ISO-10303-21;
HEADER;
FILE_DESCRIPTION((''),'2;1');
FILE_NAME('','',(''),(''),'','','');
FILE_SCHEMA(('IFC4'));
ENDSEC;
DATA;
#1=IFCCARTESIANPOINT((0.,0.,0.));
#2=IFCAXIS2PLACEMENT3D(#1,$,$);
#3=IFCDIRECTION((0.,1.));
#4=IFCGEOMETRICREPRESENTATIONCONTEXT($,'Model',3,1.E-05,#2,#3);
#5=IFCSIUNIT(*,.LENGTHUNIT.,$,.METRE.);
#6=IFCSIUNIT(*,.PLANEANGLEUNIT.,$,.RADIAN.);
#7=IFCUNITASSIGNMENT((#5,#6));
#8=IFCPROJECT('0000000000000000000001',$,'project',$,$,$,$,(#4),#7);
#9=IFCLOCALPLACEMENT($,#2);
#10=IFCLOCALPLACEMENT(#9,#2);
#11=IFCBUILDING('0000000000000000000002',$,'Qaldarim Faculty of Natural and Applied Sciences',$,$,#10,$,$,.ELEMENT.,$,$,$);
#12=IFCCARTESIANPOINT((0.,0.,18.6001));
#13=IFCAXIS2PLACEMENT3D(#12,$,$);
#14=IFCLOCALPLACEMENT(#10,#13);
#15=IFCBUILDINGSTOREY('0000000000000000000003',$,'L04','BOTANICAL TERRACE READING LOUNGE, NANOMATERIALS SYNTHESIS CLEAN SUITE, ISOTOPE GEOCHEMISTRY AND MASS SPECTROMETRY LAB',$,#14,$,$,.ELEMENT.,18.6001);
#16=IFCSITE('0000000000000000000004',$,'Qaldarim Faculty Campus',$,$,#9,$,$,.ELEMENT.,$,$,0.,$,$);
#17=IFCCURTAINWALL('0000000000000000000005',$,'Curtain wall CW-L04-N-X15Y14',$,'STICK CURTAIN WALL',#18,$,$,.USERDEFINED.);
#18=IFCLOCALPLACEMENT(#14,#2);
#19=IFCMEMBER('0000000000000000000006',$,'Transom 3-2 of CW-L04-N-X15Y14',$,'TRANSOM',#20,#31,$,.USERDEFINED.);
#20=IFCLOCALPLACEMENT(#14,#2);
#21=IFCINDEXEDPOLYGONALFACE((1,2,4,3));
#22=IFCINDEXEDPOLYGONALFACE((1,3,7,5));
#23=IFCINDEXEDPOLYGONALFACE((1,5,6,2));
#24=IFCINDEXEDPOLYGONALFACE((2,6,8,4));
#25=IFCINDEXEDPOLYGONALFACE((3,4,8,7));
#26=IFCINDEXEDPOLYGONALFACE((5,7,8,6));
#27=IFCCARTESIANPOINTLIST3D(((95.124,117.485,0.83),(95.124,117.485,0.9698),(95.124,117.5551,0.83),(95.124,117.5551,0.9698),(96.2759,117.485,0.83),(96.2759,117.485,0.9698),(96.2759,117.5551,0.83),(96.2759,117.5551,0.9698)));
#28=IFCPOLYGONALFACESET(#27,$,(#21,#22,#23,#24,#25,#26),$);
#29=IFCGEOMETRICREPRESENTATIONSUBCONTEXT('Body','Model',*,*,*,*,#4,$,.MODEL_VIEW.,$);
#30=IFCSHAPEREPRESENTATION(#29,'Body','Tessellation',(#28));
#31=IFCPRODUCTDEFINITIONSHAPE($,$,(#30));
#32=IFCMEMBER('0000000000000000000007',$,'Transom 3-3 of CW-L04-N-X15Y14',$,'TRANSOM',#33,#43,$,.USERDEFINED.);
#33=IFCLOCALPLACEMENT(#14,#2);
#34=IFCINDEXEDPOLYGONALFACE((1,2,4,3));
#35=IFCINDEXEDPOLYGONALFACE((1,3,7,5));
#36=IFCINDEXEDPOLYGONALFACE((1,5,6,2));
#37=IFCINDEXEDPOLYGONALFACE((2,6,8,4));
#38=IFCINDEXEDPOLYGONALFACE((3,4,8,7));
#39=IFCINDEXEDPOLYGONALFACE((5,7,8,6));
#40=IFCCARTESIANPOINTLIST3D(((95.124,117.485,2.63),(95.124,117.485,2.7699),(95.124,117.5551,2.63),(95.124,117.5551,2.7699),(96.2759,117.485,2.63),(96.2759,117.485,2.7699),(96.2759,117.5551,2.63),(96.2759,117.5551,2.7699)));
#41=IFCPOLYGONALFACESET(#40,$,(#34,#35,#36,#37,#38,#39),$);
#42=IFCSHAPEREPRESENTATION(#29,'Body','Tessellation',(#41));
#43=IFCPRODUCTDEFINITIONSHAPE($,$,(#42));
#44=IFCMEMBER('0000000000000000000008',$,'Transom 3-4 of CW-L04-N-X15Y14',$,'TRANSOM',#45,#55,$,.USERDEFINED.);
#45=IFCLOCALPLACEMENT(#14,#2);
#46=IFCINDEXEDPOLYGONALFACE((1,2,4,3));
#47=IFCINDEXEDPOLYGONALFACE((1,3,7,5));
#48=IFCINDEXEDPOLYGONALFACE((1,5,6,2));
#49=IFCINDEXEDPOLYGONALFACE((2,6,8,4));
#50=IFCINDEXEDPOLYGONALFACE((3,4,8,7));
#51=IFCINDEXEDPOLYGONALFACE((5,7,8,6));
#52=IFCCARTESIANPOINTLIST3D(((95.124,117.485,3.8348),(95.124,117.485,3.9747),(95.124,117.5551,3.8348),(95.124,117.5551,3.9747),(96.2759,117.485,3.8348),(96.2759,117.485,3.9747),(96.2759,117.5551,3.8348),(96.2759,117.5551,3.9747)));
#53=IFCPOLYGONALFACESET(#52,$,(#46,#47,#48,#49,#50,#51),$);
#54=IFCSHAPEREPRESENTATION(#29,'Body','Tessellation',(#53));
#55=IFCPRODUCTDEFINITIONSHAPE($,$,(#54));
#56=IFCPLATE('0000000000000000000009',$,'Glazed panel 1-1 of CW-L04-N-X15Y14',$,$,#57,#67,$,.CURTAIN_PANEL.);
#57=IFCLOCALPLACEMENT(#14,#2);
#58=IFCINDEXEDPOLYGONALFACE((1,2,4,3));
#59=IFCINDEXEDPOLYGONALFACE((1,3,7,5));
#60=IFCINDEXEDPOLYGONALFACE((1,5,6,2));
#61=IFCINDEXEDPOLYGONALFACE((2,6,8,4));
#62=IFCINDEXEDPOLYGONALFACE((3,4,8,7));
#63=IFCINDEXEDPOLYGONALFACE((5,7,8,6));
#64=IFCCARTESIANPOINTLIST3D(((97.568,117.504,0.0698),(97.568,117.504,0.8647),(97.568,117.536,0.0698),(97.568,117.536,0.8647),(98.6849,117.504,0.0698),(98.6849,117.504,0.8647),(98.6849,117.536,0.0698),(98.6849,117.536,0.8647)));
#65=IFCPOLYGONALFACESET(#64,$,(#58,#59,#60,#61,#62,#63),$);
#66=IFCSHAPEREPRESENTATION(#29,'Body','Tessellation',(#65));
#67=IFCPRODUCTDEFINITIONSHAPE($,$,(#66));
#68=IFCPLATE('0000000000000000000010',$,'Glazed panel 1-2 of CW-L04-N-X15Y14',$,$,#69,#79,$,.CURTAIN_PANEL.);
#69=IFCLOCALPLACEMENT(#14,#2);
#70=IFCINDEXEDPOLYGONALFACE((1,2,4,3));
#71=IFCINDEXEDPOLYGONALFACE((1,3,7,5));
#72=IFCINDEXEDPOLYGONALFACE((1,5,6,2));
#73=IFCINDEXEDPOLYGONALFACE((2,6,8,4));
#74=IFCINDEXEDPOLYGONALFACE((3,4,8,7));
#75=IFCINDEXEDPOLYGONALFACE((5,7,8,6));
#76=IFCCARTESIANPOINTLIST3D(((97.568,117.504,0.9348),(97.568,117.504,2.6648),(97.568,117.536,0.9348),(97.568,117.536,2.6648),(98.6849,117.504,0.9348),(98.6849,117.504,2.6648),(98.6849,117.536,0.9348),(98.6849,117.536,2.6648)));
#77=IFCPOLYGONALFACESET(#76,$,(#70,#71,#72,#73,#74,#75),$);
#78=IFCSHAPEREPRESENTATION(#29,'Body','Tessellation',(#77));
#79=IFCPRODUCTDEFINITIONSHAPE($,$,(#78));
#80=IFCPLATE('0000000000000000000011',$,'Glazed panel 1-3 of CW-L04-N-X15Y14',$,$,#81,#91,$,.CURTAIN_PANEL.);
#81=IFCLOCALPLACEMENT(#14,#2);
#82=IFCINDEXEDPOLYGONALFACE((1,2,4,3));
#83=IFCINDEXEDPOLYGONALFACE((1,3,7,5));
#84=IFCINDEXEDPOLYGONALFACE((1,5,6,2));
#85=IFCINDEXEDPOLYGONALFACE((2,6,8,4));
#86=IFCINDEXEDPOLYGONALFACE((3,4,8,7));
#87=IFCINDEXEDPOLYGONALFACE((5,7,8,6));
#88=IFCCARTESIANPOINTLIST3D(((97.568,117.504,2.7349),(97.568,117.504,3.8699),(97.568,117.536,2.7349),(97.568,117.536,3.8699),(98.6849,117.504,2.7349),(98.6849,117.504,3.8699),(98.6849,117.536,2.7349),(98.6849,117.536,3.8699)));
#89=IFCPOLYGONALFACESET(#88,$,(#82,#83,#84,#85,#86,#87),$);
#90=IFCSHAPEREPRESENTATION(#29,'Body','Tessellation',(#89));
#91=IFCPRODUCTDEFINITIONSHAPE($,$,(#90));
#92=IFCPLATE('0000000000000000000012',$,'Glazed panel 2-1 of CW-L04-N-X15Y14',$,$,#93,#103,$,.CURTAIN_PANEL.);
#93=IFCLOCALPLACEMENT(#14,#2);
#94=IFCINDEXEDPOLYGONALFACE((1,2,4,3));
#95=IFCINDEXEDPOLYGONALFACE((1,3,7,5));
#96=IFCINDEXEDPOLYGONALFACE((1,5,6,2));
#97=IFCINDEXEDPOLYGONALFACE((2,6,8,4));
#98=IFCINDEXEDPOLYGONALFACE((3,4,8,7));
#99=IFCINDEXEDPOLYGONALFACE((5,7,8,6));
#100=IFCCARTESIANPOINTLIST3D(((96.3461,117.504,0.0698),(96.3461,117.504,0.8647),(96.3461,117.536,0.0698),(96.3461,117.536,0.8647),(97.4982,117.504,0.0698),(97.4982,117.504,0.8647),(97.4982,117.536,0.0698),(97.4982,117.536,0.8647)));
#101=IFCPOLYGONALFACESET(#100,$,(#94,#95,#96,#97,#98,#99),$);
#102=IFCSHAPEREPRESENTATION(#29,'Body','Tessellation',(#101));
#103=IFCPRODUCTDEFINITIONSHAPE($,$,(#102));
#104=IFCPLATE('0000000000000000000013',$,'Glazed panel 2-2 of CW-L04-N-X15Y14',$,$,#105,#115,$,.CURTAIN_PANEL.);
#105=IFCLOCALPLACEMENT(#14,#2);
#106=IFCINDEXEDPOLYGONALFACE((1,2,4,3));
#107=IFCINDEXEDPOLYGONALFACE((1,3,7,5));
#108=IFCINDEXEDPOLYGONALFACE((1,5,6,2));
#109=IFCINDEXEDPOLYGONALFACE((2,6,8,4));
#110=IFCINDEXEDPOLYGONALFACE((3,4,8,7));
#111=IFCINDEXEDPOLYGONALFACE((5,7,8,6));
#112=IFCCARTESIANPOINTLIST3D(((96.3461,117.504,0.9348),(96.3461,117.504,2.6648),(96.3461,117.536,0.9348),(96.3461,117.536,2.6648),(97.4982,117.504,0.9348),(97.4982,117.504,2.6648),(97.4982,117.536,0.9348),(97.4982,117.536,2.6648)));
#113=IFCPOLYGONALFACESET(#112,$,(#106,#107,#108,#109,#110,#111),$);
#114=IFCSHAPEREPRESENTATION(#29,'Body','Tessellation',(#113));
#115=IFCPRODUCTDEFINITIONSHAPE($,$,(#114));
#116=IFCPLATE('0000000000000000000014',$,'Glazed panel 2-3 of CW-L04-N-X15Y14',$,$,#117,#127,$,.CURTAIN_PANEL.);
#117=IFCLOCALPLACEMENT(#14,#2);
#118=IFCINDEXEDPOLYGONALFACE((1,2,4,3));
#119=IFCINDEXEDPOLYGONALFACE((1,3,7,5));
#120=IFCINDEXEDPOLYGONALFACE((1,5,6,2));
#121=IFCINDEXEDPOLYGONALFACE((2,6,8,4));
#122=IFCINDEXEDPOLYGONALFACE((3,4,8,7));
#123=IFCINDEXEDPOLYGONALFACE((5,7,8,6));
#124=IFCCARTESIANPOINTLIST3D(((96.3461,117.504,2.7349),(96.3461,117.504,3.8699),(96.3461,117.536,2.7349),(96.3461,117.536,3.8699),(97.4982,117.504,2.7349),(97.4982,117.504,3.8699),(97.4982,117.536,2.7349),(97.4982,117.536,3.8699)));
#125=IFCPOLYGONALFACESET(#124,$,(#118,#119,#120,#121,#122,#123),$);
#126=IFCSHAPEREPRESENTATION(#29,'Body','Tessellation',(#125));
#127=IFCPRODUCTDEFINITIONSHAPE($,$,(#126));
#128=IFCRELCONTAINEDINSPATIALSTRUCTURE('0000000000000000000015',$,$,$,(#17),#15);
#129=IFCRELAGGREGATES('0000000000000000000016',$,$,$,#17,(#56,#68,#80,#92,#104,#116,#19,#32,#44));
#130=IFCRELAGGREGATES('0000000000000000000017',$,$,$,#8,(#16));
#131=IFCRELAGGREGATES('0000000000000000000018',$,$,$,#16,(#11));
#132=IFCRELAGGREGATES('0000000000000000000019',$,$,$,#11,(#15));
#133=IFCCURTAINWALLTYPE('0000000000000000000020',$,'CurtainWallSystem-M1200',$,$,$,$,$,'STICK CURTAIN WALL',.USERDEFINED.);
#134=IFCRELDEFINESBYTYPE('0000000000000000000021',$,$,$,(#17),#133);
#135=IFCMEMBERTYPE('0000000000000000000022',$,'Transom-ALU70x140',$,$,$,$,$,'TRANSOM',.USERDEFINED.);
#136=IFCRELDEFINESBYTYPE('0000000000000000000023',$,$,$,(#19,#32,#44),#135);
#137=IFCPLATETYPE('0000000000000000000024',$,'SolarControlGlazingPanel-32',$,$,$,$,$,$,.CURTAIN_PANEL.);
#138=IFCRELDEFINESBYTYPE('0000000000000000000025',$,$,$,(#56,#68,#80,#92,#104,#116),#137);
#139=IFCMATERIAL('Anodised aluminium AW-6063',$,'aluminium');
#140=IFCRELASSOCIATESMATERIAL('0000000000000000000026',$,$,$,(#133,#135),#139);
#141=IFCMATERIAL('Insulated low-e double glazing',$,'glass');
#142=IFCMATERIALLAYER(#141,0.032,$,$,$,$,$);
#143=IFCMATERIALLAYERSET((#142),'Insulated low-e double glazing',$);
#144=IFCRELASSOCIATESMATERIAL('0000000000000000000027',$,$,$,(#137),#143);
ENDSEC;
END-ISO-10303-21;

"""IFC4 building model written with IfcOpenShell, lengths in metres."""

from ifc_helpers import new_model, si_unit, direction, frame, origin, origin_2d, place, context, subcontext, project, spatial, rectangle, extrude, material, layer, layer_set, material_profile, profile_set, type_object, element, aggregate, save


model = new_model("IFC4")

# Units and contexts
model_context = context("Model", 3, precision=1e-05, world=origin(), true_north=direction((0.0, 1.0)))
body_context = subcontext(model_context, "Body", "Model", "MODEL_VIEW")
ifc_project = project(units=[si_unit("LENGTHUNIT", "METRE"), si_unit("PLANEANGLEUNIT", "RADIAN")], contexts=[model_context])

# Site, building, storey
site_placement = place(None, origin())
site = spatial("IfcSite", under=ifc_project, at=site_placement, Name="Qaldarim Faculty Campus", CompositionType="ELEMENT", RefElevation=0.0)
building_placement = place(site_placement, origin())
building = spatial("IfcBuilding", under=site, at=building_placement, Name="Qaldarim Faculty of Natural and Applied Sciences", CompositionType="ELEMENT")
storey_placement = place(building_placement, frame((0.0, 0.0, 18.6001)))
storey = spatial("IfcBuildingStorey", under=building, at=storey_placement, Name="L04", Description="BOTANICAL TERRACE READING LOUNGE, NANOMATERIALS SYNTHESIS CLEAN SUITE, ISOTOPE GEOCHEMISTRY AND MASS SPECTROMETRY LAB", CompositionType="ELEMENT", Elevation=18.6001)

# Curtain wall, members, plates
ifc_material_1 = material(Name="Anodised aluminium AW-6063", Category="aluminium")
curtain_wall_type = type_object("IfcCurtainWallType", Name="CurtainWallSystem-M1200", ElementType="STICK CURTAIN WALL", PredefinedType="USERDEFINED", material=ifc_material_1)
curtain_wall_placement = place(storey_placement, origin())
curtain_wall = element("IfcCurtainWall", 1, at=curtain_wall_placement, inside=storey, type_object=curtain_wall_type, Name="Curtain wall CW-L04-N-X15Y14", ObjectType="STICK CURTAIN WALL", PredefinedType="USERDEFINED")
ifc_material_profile_1 = material_profile(ifc_material_1, rectangle(XDim=0.0701, YDim=0.1399, at=origin_2d()), Name="ALU-T70x140")
ifc_profile_set_1 = profile_set([ifc_material_profile_1], Name="Anodised aluminium AW-6063")
member_type_1 = type_object("IfcMemberType", Name="Transom-ALU70x140", ElementType="TRANSOM", PredefinedType="USERDEFINED", material=ifc_profile_set_1)
member_1_placement = place(storey_placement, frame((96.2759, 117.52, 0.8999), z_axis=(-1.0, 0.0, 0.0), x_axis=(0.0, -1.0, 0.0)))
member_1 = element("IfcMember", 2, at=member_1_placement, type_object=member_type_1, Name="Transom 3-2 of CW-L04-N-X15Y14", ObjectType="TRANSOM", PredefinedType="USERDEFINED", context=body_context, shape_type="SweptSolid", body=[
    extrude(rectangle(XDim=0.0701, YDim=0.1399, at=origin_2d()), origin(), (0.0, 0.0, 1.0), 1.1519),
])
member_2_placement = place(storey_placement, frame((96.2759, 117.52, 2.7), z_axis=(-1.0, 0.0, 0.0), x_axis=(0.0, -1.0, 0.0)))
member_2 = element("IfcMember", 3, at=member_2_placement, type_object=member_type_1, Name="Transom 3-3 of CW-L04-N-X15Y14", ObjectType="TRANSOM", PredefinedType="USERDEFINED", context=body_context, shape_type="SweptSolid", body=[
    extrude(rectangle(XDim=0.0701, YDim=0.1399, at=origin_2d()), origin(), (0.0, 0.0, 1.0), 1.1519),
])
member_3_placement = place(storey_placement, frame((96.2759, 117.52, 3.9048), z_axis=(-1.0, 0.0, 0.0), x_axis=(0.0, -1.0, 0.0)))
member_3 = element("IfcMember", 4, at=member_3_placement, type_object=member_type_1, Name="Transom 3-4 of CW-L04-N-X15Y14", ObjectType="TRANSOM", PredefinedType="USERDEFINED", context=body_context, shape_type="SweptSolid", body=[
    extrude(rectangle(XDim=0.0701, YDim=0.1399, at=origin_2d()), origin(), (0.0, 0.0, 1.0), 1.1519),
])
ifc_material_2 = material(Name="Insulated low-e double glazing", Category="glass")
ifc_layer = layer(ifc_material_2, 0.032)
ifc_layer_set = layer_set([ifc_layer], Name="Insulated low-e double glazing")
plate_type = type_object("IfcPlateType", Name="SolarControlGlazingPanel-32", PredefinedType="CURTAIN_PANEL", material=ifc_layer_set)
plate_1_placement = place(storey_placement, frame((98.1265, 117.52, 0.0698), z_axis=(0.0, 0.0, 1.0), x_axis=(-1.0, 0.0, 0.0)))
plate_1 = element("IfcPlate", 5, at=plate_1_placement, type_object=plate_type, Name="Glazed panel 1-1 of CW-L04-N-X15Y14", PredefinedType="CURTAIN_PANEL", context=body_context, shape_type="SweptSolid", body=[
    extrude(rectangle(XDim=1.1169, YDim=0.032, at=origin_2d()), origin(), (0.0, 0.0, 1.0), 0.7949),
])
plate_2_placement = place(storey_placement, frame((98.1265, 117.52, 0.9348), z_axis=(0.0, 0.0, 1.0), x_axis=(-1.0, 0.0, 0.0)))
plate_2 = element("IfcPlate", 6, at=plate_2_placement, type_object=plate_type, Name="Glazed panel 1-2 of CW-L04-N-X15Y14", PredefinedType="CURTAIN_PANEL", context=body_context, shape_type="SweptSolid", body=[
    extrude(rectangle(XDim=1.1169, YDim=0.032, at=origin_2d()), origin(), (0.0, 0.0, 1.0), 1.73),
])
plate_3_placement = place(storey_placement, frame((98.1265, 117.52, 2.7349), z_axis=(0.0, 0.0, 1.0), x_axis=(-1.0, 0.0, 0.0)))
plate_3 = element("IfcPlate", 7, at=plate_3_placement, type_object=plate_type, Name="Glazed panel 1-3 of CW-L04-N-X15Y14", PredefinedType="CURTAIN_PANEL", context=body_context, shape_type="SweptSolid", body=[
    extrude(rectangle(XDim=1.1169, YDim=0.032, at=origin_2d()), origin(), (0.0, 0.0, 1.0), 1.135),
])
plate_4_placement = place(storey_placement, frame((96.9221, 117.52, 0.0698), z_axis=(0.0, 0.0, 1.0), x_axis=(-1.0, 0.0, 0.0)))
plate_4 = element("IfcPlate", 8, at=plate_4_placement, type_object=plate_type, Name="Glazed panel 2-1 of CW-L04-N-X15Y14", PredefinedType="CURTAIN_PANEL", context=body_context, shape_type="SweptSolid", body=[
    extrude(rectangle(XDim=1.1521, YDim=0.032, at=origin_2d()), origin(), (0.0, 0.0, 1.0), 0.7949),
])
plate_5_placement = place(storey_placement, frame((96.9221, 117.52, 0.9348), z_axis=(0.0, 0.0, 1.0), x_axis=(-1.0, 0.0, 0.0)))
plate_5 = element("IfcPlate", 9, at=plate_5_placement, type_object=plate_type, Name="Glazed panel 2-2 of CW-L04-N-X15Y14", PredefinedType="CURTAIN_PANEL", context=body_context, shape_type="SweptSolid", body=[
    extrude(rectangle(XDim=1.1521, YDim=0.032, at=origin_2d()), origin(), (0.0, 0.0, 1.0), 1.73),
])
plate_6_placement = place(storey_placement, frame((96.9221, 117.52, 2.7349), z_axis=(0.0, 0.0, 1.0), x_axis=(-1.0, 0.0, 0.0)))
plate_6 = element("IfcPlate", 10, at=plate_6_placement, type_object=plate_type, Name="Glazed panel 2-3 of CW-L04-N-X15Y14", PredefinedType="CURTAIN_PANEL", context=body_context, shape_type="SweptSolid", body=[
    extrude(rectangle(XDim=1.1521, YDim=0.032, at=origin_2d()), origin(), (0.0, 0.0, 1.0), 1.135),
])
aggregate(curtain_wall, [plate_1, plate_2, plate_3, plate_4, plate_5, plate_6, member_1, member_2, member_3])

save(model, "model.ifc")
